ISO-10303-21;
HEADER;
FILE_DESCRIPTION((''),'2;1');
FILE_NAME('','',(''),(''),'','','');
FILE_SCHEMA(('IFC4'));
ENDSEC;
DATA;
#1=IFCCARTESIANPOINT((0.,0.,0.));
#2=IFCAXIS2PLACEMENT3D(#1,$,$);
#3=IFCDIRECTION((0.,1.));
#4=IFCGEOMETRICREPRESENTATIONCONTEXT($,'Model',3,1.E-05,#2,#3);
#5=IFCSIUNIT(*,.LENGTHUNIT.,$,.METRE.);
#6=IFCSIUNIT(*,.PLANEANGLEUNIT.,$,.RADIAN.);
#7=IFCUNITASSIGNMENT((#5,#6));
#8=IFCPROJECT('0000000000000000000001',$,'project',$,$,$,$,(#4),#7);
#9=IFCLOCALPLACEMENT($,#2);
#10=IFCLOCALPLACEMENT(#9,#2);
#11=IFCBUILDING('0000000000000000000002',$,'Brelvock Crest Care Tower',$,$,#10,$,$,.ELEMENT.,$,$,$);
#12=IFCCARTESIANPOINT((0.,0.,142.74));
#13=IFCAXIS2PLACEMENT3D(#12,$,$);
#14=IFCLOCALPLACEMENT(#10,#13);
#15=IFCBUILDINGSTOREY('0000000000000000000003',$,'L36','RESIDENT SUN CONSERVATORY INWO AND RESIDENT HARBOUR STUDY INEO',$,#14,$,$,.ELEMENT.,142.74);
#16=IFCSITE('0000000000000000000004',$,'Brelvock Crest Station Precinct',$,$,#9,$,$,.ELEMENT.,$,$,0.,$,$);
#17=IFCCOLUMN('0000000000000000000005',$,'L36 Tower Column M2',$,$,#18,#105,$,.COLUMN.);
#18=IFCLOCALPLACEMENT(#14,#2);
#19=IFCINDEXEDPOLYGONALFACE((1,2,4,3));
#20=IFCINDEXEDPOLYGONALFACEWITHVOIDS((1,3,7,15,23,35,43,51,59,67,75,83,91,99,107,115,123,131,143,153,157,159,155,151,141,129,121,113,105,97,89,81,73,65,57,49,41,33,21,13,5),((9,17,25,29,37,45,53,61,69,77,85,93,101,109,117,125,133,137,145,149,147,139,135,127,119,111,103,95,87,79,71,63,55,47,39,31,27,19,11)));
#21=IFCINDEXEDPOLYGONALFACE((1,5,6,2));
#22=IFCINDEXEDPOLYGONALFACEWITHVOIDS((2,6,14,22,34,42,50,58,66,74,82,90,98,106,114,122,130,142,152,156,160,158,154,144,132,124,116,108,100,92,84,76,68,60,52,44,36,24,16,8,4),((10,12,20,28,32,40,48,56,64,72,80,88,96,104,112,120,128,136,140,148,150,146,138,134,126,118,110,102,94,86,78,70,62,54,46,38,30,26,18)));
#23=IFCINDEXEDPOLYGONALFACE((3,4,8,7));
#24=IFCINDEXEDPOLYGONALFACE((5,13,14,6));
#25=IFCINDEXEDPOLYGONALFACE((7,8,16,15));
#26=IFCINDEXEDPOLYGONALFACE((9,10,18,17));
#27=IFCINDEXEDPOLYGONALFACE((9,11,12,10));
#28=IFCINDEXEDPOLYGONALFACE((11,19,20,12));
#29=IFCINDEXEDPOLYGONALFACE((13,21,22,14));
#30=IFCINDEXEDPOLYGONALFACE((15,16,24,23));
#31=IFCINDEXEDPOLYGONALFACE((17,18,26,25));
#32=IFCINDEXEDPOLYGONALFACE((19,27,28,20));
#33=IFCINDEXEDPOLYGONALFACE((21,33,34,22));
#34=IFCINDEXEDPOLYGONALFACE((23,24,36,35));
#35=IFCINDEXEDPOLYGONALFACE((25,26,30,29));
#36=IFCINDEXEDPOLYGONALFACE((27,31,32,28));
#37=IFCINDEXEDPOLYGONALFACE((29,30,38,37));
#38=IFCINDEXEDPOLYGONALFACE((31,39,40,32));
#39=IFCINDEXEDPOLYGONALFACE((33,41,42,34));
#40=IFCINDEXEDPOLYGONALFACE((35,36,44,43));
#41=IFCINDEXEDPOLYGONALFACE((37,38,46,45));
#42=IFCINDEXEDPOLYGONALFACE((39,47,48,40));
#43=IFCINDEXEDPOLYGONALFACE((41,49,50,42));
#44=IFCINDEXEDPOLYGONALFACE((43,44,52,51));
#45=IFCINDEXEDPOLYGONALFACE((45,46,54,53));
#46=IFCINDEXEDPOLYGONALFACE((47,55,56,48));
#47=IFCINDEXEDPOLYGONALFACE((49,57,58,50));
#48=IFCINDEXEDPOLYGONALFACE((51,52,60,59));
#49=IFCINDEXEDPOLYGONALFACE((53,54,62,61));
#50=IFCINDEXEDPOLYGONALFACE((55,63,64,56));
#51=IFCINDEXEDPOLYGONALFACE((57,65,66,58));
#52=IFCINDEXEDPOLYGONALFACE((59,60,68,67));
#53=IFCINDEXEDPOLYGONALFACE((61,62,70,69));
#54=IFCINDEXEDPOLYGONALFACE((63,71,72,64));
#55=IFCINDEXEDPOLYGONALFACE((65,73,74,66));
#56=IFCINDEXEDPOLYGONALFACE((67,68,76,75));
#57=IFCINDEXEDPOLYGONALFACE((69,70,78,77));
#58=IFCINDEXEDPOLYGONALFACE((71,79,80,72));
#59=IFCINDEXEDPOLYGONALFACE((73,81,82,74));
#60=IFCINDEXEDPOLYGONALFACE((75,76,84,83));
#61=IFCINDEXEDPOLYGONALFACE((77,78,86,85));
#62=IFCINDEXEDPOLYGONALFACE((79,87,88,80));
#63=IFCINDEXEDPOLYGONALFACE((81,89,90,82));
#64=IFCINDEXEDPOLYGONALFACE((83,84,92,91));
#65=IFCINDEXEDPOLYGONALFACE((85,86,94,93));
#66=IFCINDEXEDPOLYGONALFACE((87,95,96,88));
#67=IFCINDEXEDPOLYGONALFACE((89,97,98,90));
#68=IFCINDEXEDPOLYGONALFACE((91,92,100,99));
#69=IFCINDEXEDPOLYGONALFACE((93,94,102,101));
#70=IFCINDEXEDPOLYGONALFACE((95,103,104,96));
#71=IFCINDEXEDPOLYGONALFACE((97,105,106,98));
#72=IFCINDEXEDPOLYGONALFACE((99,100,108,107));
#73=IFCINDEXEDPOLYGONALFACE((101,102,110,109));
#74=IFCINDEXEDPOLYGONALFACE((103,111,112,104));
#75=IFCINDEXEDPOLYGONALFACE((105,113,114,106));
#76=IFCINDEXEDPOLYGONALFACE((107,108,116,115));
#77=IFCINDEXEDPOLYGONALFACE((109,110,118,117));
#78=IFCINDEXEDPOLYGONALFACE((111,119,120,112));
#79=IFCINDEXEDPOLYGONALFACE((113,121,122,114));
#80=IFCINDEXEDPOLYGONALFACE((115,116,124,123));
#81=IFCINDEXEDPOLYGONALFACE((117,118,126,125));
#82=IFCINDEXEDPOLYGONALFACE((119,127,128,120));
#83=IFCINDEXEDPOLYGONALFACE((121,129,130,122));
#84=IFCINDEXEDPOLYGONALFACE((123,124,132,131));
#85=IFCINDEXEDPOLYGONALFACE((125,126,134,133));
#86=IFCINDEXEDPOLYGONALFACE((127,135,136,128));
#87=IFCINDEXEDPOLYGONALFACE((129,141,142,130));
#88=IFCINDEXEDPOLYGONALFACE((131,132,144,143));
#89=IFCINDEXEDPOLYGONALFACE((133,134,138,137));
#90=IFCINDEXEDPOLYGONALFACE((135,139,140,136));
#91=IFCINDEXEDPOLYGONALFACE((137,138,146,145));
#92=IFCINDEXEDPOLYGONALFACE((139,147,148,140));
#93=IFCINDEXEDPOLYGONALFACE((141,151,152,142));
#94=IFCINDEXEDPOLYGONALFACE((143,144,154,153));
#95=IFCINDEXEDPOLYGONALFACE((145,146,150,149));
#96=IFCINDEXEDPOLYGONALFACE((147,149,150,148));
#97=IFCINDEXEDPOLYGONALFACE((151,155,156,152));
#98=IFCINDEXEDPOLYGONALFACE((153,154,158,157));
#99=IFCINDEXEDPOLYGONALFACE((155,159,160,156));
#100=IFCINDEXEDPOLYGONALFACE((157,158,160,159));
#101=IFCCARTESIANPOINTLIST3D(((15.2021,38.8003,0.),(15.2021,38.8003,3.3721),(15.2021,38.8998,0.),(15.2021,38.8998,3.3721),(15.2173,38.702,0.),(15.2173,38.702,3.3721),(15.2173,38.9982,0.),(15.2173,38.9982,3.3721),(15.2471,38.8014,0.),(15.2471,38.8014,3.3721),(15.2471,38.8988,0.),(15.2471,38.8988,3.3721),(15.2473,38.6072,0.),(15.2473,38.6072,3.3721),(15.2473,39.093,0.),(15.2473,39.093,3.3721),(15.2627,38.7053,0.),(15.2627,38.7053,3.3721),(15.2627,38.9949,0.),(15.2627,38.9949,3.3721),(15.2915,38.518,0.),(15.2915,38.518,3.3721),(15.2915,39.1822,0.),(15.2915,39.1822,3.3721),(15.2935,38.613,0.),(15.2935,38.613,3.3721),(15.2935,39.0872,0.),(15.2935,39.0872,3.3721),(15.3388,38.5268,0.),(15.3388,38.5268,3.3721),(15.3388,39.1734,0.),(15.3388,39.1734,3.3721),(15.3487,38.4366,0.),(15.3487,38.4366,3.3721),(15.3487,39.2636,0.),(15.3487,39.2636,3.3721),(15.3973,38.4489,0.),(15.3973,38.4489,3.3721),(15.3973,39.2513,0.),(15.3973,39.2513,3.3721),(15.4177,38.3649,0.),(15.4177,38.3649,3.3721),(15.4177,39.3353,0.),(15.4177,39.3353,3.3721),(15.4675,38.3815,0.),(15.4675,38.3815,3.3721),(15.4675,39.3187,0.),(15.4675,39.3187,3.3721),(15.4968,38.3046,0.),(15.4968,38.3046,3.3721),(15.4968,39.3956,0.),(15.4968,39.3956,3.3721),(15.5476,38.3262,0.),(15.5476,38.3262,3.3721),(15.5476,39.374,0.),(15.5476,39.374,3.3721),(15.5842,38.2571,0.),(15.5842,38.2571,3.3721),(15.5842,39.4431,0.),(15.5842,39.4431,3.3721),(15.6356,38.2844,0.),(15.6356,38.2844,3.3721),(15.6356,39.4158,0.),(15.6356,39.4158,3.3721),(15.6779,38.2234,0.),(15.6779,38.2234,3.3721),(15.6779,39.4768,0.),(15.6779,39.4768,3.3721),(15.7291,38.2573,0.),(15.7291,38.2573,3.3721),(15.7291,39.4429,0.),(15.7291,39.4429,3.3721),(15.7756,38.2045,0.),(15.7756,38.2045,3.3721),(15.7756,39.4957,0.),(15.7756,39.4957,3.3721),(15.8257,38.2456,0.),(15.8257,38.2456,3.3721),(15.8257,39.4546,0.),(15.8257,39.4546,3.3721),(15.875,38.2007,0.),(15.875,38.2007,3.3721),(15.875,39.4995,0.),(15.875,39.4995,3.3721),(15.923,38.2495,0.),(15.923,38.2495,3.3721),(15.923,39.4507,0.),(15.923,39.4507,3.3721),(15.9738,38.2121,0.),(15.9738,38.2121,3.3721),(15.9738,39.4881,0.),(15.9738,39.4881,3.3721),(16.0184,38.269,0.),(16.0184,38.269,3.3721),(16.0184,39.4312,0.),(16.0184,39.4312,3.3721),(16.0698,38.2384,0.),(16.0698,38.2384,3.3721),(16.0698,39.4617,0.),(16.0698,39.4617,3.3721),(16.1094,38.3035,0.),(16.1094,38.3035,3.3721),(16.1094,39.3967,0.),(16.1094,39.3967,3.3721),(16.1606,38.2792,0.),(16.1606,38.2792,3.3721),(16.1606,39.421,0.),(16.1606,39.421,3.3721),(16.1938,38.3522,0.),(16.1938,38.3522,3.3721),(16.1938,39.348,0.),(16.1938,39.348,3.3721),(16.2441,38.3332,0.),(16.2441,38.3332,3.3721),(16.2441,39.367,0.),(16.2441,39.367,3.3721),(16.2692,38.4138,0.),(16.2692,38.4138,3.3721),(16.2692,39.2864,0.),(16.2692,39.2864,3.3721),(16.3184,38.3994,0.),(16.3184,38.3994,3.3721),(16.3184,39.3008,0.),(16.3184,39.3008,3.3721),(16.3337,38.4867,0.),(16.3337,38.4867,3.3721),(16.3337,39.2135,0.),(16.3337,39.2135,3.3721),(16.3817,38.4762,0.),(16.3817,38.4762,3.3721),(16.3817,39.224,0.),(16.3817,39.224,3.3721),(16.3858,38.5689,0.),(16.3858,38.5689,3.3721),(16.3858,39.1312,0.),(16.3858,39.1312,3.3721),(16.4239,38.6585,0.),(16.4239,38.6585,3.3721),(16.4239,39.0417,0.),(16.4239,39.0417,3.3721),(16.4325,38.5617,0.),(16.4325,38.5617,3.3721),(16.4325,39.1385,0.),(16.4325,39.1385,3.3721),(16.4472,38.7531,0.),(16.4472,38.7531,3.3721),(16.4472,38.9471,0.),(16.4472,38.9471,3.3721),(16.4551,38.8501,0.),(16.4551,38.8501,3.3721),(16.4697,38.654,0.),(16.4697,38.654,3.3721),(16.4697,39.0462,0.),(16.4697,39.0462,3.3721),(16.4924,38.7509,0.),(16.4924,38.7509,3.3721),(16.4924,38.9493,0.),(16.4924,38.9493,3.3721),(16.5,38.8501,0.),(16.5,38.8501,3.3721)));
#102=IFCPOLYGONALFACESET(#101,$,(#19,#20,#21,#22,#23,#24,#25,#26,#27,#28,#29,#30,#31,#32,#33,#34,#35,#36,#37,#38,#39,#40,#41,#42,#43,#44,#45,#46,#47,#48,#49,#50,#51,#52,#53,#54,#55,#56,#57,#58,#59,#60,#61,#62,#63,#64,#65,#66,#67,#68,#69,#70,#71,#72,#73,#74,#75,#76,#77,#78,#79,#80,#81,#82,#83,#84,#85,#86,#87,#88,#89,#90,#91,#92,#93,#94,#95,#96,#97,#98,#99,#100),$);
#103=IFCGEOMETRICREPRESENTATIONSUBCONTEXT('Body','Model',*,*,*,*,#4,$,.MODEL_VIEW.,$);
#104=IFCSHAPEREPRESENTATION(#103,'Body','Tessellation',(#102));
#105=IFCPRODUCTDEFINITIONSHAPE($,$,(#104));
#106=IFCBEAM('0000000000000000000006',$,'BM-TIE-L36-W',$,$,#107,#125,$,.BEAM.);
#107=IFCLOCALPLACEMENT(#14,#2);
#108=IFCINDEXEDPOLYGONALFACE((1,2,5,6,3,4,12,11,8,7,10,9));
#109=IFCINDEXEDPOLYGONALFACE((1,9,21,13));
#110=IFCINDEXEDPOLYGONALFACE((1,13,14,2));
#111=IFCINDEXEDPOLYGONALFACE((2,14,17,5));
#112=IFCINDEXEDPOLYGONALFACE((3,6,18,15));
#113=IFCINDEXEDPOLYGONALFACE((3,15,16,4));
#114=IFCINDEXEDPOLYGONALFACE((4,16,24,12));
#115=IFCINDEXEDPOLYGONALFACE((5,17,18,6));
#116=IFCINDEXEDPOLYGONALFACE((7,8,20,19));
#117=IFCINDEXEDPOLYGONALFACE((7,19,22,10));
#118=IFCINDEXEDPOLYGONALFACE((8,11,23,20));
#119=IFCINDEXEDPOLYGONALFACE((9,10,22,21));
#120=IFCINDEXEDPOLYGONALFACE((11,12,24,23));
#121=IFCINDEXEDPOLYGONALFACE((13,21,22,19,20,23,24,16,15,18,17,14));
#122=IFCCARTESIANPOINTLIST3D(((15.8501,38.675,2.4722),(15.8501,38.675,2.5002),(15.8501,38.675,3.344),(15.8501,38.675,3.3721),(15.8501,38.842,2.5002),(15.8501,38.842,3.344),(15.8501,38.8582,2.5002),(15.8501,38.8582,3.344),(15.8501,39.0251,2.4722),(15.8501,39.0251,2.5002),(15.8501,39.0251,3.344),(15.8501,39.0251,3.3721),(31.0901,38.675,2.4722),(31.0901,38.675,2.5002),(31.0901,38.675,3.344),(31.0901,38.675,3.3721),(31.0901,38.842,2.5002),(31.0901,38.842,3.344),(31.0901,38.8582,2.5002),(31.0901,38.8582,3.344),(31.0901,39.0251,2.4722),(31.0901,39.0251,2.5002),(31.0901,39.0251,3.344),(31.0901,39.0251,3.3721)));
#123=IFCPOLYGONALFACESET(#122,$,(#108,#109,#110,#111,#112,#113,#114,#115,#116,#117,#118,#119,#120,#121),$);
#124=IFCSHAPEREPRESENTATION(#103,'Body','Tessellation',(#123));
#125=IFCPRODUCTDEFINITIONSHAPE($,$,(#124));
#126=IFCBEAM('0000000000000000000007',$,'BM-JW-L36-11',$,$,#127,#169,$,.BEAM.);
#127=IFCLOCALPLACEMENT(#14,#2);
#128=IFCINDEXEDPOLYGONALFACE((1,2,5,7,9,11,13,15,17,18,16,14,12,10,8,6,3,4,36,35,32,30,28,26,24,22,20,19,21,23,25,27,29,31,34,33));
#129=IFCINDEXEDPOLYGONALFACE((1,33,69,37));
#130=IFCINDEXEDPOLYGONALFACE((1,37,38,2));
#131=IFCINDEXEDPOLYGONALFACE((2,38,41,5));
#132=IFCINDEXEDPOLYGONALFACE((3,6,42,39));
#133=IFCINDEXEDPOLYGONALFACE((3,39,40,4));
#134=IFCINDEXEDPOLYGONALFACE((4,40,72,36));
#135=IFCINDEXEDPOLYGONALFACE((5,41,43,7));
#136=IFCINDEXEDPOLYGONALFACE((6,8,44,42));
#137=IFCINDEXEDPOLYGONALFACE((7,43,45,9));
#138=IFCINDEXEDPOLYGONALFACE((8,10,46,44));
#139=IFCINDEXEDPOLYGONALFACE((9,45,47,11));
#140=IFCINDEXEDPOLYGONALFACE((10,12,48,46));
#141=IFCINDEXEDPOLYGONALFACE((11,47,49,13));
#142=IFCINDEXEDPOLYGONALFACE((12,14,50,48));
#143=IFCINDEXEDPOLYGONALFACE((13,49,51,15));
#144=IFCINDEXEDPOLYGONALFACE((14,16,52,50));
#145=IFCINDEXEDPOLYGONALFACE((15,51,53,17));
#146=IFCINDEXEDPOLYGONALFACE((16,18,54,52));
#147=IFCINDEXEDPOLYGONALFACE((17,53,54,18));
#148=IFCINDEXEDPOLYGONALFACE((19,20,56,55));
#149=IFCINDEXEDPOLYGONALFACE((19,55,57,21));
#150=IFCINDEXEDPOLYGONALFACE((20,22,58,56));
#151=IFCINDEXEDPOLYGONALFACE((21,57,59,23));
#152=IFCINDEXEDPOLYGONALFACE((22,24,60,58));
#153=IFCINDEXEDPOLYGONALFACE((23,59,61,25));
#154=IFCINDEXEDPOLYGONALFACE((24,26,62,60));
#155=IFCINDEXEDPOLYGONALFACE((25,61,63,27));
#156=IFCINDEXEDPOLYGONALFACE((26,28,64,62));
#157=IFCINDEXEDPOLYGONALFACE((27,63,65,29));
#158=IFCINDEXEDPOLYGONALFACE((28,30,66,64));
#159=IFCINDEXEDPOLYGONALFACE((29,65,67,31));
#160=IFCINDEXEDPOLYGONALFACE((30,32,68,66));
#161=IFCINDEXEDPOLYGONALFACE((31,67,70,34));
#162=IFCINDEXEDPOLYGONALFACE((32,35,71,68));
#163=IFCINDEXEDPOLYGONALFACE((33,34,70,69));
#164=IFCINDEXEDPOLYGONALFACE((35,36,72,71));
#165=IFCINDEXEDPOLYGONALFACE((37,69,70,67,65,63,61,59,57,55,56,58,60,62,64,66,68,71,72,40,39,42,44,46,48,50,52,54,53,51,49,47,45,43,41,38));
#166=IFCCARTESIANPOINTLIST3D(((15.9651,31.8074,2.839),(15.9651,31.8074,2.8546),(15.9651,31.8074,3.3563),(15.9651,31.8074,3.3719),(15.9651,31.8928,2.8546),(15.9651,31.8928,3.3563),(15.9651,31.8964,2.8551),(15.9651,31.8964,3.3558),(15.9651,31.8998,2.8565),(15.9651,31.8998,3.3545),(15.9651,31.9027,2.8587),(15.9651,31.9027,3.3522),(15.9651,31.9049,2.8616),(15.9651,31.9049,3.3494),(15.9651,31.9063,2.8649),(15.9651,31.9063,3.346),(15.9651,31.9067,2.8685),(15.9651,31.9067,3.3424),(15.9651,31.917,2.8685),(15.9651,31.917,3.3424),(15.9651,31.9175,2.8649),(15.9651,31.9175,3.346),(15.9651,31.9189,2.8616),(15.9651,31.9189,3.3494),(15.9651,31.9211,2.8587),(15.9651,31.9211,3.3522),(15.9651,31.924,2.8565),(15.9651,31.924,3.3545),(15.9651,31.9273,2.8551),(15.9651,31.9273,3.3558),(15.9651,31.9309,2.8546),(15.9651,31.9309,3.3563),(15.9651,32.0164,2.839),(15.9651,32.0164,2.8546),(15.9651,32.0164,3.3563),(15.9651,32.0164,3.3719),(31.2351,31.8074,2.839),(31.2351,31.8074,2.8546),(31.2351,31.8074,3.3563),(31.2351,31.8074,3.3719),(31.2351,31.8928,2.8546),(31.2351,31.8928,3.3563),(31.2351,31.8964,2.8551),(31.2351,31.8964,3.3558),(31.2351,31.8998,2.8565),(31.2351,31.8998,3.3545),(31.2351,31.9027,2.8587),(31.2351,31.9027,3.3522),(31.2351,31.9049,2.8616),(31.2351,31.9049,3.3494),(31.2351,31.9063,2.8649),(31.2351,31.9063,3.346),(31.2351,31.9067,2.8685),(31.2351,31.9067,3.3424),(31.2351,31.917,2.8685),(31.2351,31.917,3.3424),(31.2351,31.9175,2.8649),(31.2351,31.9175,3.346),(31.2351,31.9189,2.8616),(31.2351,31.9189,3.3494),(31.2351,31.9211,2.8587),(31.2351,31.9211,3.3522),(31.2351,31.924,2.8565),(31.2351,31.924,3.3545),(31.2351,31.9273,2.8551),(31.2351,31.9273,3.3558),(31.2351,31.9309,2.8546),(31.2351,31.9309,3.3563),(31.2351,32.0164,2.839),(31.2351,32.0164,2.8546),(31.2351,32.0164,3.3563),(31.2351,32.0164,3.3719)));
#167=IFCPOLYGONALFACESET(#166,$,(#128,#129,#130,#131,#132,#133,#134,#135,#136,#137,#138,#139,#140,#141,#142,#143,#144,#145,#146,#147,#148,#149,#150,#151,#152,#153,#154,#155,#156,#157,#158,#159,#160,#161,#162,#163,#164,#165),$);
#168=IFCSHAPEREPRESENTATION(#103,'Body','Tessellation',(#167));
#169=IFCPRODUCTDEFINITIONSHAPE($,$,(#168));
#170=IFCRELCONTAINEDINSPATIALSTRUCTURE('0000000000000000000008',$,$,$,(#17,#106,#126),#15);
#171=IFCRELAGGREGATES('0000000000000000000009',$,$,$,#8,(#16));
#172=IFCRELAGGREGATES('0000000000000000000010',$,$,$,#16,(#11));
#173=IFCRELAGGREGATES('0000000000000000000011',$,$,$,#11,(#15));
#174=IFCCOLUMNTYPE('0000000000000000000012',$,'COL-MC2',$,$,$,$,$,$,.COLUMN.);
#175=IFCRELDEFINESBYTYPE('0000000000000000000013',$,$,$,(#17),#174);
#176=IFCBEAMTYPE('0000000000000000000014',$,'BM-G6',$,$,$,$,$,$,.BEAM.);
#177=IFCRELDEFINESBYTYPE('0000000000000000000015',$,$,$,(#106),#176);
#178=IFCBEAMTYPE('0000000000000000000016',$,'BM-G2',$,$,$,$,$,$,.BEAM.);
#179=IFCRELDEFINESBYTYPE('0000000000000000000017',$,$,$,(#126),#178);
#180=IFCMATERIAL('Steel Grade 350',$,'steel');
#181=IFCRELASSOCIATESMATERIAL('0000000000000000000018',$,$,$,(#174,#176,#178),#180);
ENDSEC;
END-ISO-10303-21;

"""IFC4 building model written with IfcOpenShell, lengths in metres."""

from ifc_helpers import new_model, si_unit, direction, frame, origin, origin_2d, place, context, subcontext, project, spatial, hollow_circle, i_section, extrude, source, transform, mapped, material, material_profile, profile_set, type_object, element, save


model = new_model("IFC4")

# Units and contexts
model_context = context("Model", 3, precision=1e-05, world=origin(), true_north=direction((0.0, 1.0)))
body_context = subcontext(model_context, "Body", "Model", "MODEL_VIEW")
ifc_project = project(units=[si_unit("LENGTHUNIT", "METRE"), si_unit("PLANEANGLEUNIT", "RADIAN")], contexts=[model_context])

# Site, building, storey
site_placement = place(None, origin())
site = spatial("IfcSite", under=ifc_project, at=site_placement, Name="Brelvock Crest Station Precinct", CompositionType="ELEMENT", RefElevation=0.0)
building_placement = place(site_placement, origin())
building = spatial("IfcBuilding", under=site, at=building_placement, Name="Brelvock Crest Care Tower", CompositionType="ELEMENT")
storey_placement = place(building_placement, frame((0.0, 0.0, 142.74)))
storey = spatial("IfcBuildingStorey", under=building, at=storey_placement, Name="L36", Description="RESIDENT SUN CONSERVATORY INWO AND RESIDENT HARBOUR STUDY INEO", CompositionType="ELEMENT", Elevation=142.74)

# Column
ifc_material_1 = material(Name="Steel Grade 350", Category="steel")
ifc_material_profile_1 = material_profile(ifc_material_1, hollow_circle(Radius=0.6499, WallThickness=0.0449, at=origin_2d()), Name="CFT1300x45")
ifc_profile_set_1 = profile_set([ifc_material_profile_1], Name="Steel Grade 350")
column_type = type_object("IfcColumnType", Name="COL-MC2", PredefinedType="COLUMN", material=ifc_profile_set_1)
shared_shape_1 = source(origin(), body_context, "Body", "SweptSolid", [
    extrude(hollow_circle(Radius=0.6499, WallThickness=0.0449, at=origin_2d()), origin(), (0.0, 0.0, 1.0), 3.3721),
])
column_placement = place(storey_placement, frame((15.8501, 38.8501, 0.0), z_axis=(0.0, 0.0, 1.0), x_axis=(1.0, 0.0, 0.0)))
element("IfcColumn", 1, at=column_placement, inside=storey, type_object=column_type, Name="L36 Tower Column M2", PredefinedType="COLUMN", context=body_context, shape_type="MappedRepresentation", body=[
    mapped(shared_shape_1, transform((0.0, 0.0, 0.0), x_axis=(1.0, 0.0, 0.0), y_axis=(0.0, 1.0, 0.0), z_axis=(0.0, 0.0, 1.0), scale=1.0)),
])

# Beams
ifc_material_profile_2 = material_profile(ifc_material_1, i_section(OverallWidth=0.3501, OverallDepth=0.8999, WebThickness=0.0161, FlangeThickness=0.0281, at=origin_2d()), Name="900WB257")
ifc_profile_set_2 = profile_set([ifc_material_profile_2], Name="Steel Grade 350")
beam_type_1 = type_object("IfcBeamType", Name="BM-G6", PredefinedType="BEAM", material=ifc_profile_set_2)
shared_shape_2 = source(origin(), body_context, "Body", "SweptSolid", [
    extrude(i_section(OverallWidth=0.3501, OverallDepth=0.8999, WebThickness=0.0161, FlangeThickness=0.0281, at=origin_2d()), origin(), (0.0, 0.0, 1.0), 15.24),
])
beam_1_placement = place(storey_placement, frame((15.8501, 38.8501, 2.9221), z_axis=(1.0, 0.0, 0.0), x_axis=(0.0, 1.0, 0.0)))
element("IfcBeam", 2, at=beam_1_placement, inside=storey, type_object=beam_type_1, Name="BM-TIE-L36-W", PredefinedType="BEAM", context=body_context, shape_type="MappedRepresentation", body=[
    mapped(shared_shape_2, transform((0.0, 0.0, 0.0), x_axis=(1.0, 0.0, 0.0), y_axis=(0.0, 1.0, 0.0), z_axis=(0.0, 0.0, 1.0), scale=1.0)),
])
ifc_material_profile_3 = material_profile(ifc_material_1, i_section(OverallWidth=0.209, OverallDepth=0.533, WebThickness=0.0103, FlangeThickness=0.0156, FilletRadius=0.0139, at=origin_2d()), Name="530UB92.4")
ifc_profile_set_3 = profile_set([ifc_material_profile_3], Name="Steel Grade 350")
beam_type_2 = type_object("IfcBeamType", Name="BM-G2", PredefinedType="BEAM", material=ifc_profile_set_3)
shared_shape_3 = source(origin(), body_context, "Body", "SweptSolid", [
    extrude(i_section(OverallWidth=0.209, OverallDepth=0.533, WebThickness=0.0103, FlangeThickness=0.0156, FilletRadius=0.0139, at=origin_2d()), origin(), (0.0, 0.0, 1.0), 15.27),
])
for number, where, z_axis, x_axis, name in (
    (3, (15.9651, 31.9119, 3.1055), (1.0, 0.0, 0.0), (0.0, 1.0, 0.0), "BM-JW-L36-11"),
):
    element("IfcBeam", number, at=place(storey_placement, frame(where, z_axis=z_axis, x_axis=x_axis)), inside=storey, type_object=beam_type_2, Name=name, PredefinedType="BEAM", context=body_context, shape_type="MappedRepresentation", body=[
        mapped(shared_shape_3, transform((0.0, 0.0, 0.0), x_axis=(1.0, 0.0, 0.0), y_axis=(0.0, 1.0, 0.0), z_axis=(0.0, 0.0, 1.0), scale=1.0)),
    ])

save(model, "model.ifc")
